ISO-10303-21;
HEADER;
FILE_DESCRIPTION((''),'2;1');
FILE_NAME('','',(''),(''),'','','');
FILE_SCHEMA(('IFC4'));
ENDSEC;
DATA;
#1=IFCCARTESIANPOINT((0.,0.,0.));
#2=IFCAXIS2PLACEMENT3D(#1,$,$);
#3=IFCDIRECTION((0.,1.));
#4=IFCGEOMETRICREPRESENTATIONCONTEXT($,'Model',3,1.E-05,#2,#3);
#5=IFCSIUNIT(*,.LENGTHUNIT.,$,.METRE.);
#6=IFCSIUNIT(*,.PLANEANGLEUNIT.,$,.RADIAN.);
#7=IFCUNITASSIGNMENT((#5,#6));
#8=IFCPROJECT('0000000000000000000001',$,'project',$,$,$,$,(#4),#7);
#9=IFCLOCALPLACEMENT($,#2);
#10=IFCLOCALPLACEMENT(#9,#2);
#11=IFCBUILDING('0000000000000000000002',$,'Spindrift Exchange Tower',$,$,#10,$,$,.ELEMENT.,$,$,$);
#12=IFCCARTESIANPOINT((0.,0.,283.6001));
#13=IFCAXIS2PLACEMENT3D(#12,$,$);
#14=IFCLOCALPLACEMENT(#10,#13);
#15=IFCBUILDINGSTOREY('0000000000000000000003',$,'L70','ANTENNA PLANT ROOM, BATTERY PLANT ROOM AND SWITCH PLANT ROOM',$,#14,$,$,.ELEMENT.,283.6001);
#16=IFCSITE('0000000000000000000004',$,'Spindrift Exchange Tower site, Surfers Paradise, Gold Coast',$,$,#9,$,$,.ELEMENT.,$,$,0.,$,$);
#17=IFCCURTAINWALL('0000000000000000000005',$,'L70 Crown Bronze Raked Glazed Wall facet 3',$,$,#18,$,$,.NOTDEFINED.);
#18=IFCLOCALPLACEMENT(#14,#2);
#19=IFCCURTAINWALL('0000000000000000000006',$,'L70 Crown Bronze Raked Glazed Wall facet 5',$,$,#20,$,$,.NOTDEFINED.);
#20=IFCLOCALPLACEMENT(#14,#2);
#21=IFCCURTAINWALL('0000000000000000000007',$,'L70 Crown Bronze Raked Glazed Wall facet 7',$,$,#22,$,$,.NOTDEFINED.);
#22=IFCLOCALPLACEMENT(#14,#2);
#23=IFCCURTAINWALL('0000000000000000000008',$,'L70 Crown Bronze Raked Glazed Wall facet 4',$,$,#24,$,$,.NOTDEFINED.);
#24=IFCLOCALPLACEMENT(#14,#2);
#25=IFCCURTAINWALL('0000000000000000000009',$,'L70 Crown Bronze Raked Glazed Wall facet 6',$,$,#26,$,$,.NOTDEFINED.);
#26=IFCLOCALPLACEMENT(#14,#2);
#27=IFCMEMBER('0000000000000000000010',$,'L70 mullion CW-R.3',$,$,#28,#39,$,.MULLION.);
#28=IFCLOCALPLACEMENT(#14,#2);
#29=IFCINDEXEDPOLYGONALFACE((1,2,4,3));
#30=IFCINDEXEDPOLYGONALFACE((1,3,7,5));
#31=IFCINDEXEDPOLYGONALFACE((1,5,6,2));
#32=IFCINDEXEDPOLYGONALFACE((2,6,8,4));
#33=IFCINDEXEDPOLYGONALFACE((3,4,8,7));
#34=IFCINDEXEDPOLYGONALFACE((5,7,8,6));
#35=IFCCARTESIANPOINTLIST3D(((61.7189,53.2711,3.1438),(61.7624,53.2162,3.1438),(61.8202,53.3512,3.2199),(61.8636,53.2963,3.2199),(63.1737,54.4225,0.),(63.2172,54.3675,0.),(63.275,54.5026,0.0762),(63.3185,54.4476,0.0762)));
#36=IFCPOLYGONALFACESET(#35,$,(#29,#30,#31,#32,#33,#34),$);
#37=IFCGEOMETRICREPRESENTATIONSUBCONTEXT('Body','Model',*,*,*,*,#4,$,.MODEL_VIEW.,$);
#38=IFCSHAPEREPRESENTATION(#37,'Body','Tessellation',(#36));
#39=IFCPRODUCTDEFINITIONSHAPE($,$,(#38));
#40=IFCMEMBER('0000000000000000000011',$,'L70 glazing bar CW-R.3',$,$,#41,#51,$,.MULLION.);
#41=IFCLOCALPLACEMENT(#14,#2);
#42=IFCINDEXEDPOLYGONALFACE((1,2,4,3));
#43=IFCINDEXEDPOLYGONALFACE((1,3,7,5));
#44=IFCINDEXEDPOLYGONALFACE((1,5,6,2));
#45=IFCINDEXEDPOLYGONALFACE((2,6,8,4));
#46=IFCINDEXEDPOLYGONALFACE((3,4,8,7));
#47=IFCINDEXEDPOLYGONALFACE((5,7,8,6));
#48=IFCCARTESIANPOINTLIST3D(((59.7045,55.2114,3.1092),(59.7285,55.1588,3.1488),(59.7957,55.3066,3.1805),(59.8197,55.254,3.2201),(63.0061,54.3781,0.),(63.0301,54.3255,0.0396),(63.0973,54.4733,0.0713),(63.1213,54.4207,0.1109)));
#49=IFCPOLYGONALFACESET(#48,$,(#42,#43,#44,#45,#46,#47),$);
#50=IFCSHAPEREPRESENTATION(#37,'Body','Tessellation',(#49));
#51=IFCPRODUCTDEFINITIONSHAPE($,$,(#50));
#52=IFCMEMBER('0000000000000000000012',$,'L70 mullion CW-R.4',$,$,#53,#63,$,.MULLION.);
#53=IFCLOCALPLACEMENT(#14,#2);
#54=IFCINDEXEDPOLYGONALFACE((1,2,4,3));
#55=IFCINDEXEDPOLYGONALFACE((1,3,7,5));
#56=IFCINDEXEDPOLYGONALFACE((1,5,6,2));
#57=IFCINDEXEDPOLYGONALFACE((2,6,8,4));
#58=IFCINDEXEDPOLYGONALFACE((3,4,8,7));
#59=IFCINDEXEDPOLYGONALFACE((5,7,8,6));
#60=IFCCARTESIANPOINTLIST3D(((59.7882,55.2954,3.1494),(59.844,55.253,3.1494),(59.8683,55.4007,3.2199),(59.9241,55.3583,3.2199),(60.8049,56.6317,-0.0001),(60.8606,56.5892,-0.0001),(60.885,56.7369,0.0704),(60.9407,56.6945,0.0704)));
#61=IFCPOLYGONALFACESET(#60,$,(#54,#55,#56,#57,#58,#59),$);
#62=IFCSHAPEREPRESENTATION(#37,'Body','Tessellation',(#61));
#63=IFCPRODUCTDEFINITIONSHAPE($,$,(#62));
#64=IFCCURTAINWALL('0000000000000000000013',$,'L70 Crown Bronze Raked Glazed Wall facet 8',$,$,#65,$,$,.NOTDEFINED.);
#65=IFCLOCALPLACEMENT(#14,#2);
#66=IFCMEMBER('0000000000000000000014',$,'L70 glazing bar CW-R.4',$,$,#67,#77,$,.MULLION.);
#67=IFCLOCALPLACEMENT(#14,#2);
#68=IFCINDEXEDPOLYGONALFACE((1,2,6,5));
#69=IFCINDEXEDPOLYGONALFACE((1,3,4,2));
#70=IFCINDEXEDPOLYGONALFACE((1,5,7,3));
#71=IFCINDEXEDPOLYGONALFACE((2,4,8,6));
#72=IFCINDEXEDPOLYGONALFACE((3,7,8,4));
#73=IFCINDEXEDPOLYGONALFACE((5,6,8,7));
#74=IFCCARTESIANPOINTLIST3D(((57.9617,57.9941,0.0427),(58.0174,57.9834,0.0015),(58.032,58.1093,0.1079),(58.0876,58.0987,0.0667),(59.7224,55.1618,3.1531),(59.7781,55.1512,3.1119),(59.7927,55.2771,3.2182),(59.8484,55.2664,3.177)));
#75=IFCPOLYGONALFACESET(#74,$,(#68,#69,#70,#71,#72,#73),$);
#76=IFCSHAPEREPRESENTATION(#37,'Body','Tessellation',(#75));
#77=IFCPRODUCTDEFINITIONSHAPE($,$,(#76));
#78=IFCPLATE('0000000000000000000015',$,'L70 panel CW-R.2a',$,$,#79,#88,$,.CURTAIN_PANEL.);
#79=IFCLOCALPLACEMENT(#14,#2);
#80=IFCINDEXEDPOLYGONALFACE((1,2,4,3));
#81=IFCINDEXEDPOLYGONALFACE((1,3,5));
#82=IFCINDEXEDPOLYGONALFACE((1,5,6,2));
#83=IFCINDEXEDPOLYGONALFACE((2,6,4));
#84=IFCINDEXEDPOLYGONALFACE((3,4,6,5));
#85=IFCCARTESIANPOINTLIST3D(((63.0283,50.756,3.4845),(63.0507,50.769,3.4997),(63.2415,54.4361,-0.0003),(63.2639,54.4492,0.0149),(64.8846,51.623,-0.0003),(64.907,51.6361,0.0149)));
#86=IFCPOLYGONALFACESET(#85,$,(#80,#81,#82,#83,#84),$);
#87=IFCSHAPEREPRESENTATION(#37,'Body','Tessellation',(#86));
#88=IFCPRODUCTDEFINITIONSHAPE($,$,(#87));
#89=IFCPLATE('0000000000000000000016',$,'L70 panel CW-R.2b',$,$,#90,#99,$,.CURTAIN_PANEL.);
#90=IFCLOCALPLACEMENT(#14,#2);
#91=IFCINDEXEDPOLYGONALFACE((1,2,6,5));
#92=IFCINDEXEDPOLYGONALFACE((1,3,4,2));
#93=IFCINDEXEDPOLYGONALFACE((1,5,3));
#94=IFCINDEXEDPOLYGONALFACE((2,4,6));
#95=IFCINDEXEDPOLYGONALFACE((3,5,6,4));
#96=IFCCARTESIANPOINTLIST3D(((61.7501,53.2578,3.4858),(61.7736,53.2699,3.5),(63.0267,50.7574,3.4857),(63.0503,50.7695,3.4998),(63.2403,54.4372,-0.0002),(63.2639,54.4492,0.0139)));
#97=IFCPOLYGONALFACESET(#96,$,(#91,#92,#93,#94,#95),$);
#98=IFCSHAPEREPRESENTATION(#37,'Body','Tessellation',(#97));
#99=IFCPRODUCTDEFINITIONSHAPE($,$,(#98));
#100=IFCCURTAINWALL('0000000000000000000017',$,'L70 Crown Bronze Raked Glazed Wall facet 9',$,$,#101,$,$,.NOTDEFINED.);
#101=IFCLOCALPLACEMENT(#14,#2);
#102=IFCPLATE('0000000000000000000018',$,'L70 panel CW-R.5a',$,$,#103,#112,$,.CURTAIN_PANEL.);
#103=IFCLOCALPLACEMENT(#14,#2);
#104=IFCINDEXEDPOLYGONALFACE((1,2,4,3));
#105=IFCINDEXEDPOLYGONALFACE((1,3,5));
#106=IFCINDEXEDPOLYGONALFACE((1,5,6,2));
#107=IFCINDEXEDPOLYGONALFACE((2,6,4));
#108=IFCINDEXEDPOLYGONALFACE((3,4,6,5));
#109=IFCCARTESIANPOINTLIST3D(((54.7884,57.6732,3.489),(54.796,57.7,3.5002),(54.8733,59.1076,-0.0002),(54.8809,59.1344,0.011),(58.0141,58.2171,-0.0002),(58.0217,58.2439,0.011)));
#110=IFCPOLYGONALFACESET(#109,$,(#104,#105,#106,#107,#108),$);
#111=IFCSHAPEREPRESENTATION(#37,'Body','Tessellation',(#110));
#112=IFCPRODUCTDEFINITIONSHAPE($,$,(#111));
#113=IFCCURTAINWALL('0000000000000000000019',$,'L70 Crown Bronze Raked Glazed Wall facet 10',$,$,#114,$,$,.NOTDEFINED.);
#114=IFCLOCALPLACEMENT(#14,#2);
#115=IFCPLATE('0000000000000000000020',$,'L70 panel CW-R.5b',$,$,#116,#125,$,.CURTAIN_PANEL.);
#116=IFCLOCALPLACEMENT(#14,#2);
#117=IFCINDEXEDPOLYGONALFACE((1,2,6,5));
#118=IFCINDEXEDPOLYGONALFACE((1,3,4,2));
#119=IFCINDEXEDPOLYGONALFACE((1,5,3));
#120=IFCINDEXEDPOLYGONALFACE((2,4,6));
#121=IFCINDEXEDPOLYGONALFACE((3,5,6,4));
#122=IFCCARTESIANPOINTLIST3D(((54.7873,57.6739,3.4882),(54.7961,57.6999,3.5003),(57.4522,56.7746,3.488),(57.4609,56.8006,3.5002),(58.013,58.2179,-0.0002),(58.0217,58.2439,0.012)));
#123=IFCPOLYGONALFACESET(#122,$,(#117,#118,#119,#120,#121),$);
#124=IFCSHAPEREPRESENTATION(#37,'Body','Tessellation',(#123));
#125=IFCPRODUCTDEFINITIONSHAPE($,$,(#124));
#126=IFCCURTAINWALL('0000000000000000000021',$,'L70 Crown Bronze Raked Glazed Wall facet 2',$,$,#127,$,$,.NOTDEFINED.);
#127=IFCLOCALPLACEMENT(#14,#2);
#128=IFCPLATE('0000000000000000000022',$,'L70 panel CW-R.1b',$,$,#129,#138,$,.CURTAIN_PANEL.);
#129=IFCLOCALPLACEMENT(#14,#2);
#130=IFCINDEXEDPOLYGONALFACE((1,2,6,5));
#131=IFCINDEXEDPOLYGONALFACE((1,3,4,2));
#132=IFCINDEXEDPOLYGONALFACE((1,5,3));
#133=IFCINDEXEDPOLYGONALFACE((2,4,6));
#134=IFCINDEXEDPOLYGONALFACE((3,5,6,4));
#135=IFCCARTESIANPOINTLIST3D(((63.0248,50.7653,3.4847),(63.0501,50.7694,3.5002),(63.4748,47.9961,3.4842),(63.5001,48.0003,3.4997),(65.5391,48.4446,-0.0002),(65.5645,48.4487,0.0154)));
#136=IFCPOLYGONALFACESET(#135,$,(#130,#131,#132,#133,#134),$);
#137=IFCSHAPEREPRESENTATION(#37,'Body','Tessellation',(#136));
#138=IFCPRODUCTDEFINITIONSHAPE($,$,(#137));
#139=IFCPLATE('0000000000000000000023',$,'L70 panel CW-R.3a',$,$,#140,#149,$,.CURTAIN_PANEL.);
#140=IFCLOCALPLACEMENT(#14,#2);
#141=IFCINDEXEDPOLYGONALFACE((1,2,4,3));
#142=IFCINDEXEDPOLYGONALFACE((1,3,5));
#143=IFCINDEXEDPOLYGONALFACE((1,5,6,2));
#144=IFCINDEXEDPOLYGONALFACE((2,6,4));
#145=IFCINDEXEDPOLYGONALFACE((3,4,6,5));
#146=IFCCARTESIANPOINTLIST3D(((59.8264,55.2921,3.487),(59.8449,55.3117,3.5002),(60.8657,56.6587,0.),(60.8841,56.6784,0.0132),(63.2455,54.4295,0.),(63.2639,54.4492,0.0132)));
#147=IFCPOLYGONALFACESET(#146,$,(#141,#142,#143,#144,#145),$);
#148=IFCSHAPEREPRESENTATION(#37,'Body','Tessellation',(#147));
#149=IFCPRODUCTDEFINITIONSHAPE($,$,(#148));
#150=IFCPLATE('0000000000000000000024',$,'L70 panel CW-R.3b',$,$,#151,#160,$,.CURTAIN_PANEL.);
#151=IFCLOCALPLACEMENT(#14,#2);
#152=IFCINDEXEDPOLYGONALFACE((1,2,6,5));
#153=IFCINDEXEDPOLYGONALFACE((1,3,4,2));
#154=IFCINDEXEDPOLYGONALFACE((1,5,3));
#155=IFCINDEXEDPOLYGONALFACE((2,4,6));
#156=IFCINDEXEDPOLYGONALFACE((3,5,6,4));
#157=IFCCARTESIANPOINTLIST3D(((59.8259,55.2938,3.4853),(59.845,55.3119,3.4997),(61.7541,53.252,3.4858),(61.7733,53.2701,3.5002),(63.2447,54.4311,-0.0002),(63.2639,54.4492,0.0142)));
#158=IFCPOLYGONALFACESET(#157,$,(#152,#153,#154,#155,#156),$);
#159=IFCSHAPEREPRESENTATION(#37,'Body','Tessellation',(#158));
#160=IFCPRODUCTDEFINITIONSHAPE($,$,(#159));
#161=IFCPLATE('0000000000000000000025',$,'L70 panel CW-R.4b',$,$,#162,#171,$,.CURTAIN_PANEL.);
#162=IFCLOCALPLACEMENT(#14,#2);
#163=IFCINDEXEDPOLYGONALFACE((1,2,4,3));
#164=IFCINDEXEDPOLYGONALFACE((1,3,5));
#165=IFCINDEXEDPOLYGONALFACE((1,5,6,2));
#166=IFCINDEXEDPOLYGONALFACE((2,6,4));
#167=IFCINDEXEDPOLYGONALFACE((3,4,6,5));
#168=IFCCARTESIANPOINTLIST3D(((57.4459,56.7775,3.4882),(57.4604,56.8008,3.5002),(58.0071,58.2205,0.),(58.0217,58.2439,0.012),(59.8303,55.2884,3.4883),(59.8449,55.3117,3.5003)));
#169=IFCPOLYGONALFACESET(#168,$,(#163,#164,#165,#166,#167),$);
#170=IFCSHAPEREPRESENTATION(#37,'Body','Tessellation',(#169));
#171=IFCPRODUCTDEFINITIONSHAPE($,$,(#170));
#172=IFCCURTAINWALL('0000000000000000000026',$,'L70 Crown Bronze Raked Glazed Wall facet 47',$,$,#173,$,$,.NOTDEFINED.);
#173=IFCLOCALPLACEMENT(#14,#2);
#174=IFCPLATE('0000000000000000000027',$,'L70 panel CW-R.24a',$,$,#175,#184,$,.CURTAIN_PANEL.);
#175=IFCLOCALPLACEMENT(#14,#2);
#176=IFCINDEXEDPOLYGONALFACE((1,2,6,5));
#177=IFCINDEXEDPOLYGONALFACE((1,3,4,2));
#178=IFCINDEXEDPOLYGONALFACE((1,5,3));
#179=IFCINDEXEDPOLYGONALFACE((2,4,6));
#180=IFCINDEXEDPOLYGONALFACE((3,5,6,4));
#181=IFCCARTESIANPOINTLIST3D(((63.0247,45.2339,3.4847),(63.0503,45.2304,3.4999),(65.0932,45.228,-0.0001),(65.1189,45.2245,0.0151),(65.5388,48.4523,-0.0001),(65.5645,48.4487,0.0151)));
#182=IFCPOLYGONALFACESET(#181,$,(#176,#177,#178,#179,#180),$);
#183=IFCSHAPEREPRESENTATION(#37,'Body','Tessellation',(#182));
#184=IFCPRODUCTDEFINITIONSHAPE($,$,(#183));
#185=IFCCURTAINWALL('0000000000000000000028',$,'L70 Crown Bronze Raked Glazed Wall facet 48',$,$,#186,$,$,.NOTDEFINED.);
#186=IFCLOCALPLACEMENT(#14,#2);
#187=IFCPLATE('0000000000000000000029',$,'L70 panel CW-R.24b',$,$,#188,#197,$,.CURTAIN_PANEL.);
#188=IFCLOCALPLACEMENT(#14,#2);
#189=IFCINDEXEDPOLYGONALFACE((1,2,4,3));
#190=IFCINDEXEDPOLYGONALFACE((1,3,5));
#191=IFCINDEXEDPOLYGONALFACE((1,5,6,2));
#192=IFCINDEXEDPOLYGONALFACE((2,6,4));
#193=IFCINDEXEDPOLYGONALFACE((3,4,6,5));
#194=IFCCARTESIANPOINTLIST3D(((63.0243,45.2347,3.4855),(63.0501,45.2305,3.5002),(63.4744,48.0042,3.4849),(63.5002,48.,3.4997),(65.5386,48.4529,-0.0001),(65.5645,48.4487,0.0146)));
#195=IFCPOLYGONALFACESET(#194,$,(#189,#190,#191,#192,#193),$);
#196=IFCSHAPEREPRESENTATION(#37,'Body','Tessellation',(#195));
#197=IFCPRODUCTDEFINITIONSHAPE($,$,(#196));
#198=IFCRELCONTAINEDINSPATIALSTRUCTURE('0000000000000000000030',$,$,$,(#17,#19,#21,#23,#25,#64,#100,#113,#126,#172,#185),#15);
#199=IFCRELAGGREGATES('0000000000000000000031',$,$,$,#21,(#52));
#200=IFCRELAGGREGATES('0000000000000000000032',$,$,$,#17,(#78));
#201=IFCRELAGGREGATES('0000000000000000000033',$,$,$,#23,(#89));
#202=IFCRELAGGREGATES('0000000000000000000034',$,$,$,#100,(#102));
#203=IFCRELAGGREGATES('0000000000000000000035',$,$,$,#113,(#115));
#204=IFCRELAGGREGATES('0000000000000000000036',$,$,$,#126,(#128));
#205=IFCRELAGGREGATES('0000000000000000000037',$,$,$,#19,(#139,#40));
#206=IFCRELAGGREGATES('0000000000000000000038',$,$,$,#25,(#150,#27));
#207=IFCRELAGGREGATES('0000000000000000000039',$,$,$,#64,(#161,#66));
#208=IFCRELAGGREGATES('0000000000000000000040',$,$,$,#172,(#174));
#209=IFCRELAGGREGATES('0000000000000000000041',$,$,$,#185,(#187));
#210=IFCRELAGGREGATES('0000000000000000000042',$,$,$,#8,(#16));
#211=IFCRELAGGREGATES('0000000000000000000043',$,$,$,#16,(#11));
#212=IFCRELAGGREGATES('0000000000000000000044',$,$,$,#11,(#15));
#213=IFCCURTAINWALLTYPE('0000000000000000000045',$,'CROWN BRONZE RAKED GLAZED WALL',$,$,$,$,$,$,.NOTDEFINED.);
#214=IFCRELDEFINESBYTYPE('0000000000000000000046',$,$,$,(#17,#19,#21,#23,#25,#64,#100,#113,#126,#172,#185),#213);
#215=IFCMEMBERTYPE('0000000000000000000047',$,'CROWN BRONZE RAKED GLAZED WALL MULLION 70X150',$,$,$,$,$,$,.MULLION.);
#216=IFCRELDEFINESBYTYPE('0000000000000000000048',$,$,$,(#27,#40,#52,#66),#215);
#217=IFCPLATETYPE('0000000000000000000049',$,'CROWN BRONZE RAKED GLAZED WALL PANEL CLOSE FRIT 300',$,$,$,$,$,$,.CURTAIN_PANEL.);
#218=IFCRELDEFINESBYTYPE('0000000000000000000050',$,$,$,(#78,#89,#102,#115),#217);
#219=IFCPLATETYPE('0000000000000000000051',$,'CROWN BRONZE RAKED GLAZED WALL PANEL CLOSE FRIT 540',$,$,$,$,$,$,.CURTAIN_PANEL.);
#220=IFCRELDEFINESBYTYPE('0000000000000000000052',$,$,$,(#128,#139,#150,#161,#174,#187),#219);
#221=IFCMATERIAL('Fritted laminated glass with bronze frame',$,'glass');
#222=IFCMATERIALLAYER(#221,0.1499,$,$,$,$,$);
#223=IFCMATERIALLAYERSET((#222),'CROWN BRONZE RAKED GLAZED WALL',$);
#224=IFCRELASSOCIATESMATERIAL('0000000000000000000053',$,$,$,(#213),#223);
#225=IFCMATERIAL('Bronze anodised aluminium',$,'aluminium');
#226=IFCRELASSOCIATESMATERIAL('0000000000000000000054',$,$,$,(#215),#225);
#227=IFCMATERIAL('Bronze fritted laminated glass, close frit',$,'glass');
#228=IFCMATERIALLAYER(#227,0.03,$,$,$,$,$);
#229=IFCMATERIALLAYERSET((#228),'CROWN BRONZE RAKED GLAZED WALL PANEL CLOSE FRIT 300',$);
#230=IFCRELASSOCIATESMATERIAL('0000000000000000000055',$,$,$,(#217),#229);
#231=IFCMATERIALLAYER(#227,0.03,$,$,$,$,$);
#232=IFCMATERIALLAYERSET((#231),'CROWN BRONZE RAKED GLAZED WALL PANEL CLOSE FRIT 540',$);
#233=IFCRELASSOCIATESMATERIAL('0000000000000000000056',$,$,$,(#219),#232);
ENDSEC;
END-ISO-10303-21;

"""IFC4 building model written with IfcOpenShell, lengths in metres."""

from ifc_helpers import new_model, si_unit, direction, frame, origin, origin_2d, place, context, subcontext, project, spatial, line, indexed_curve, rectangle, outline, extrude, source, transform, mapped, material, layer, layer_set, material_profile, profile_set, type_object, element, aggregate, save


model = new_model("IFC4")

# Units and contexts
model_context = context("Model", 3, precision=1e-05, world=origin(), true_north=direction((0.0, 1.0)))
body_context = subcontext(model_context, "Body", "Model", "MODEL_VIEW")
ifc_project = project(units=[si_unit("LENGTHUNIT", "METRE"), si_unit("PLANEANGLEUNIT", "RADIAN")], contexts=[model_context])

# Site, building, storey
site_placement = place(None, origin())
site = spatial("IfcSite", under=ifc_project, at=site_placement, Name="Spindrift Exchange Tower site, Surfers Paradise, Gold Coast", CompositionType="ELEMENT", RefElevation=0.0)
building_placement = place(site_placement, origin())
building = spatial("IfcBuilding", under=site, at=building_placement, Name="Spindrift Exchange Tower", CompositionType="ELEMENT")
storey_placement = place(building_placement, frame((0.0, 0.0, 283.6001)))
storey = spatial("IfcBuildingStorey", under=building, at=storey_placement, Name="L70", Description="ANTENNA PLANT ROOM, BATTERY PLANT ROOM AND SWITCH PLANT ROOM", CompositionType="ELEMENT", Elevation=283.6001)

# Curtain walls
ifc_material_1 = material(Name="Fritted laminated glass with bronze frame", Category="glass")
ifc_layer_1 = layer(ifc_material_1, 0.1499)
ifc_layer_set_1 = layer_set([ifc_layer_1], Name="CROWN BRONZE RAKED GLAZED WALL")
curtain_wall_type = type_object("IfcCurtainWallType", Name="CROWN BRONZE RAKED GLAZED WALL", PredefinedType="NOTDEFINED", material=ifc_layer_set_1)
ifc_material_2 = material(Name="Bronze anodised aluminium", Category="aluminium")
curtain_wall_1_placement = place(storey_placement, origin())
curtain_wall_1 = element("IfcCurtainWall", 1, at=curtain_wall_1_placement, inside=storey, type_object=curtain_wall_type, Name="L70 Crown Bronze Raked Glazed Wall facet 3", PredefinedType="NOTDEFINED")
curtain_wall_2_placement = place(storey_placement, origin())
curtain_wall_2 = element("IfcCurtainWall", 2, at=curtain_wall_2_placement, inside=storey, type_object=curtain_wall_type, Name="L70 Crown Bronze Raked Glazed Wall facet 5", PredefinedType="NOTDEFINED")
curtain_wall_3_placement = place(storey_placement, origin())
curtain_wall_3 = element("IfcCurtainWall", 3, at=curtain_wall_3_placement, inside=storey, type_object=curtain_wall_type, Name="L70 Crown Bronze Raked Glazed Wall facet 7", PredefinedType="NOTDEFINED")

# Shared definitions
ifc_material_profile_1 = material_profile(ifc_material_2, rectangle(XDim=0.0701, YDim=0.1499, at=origin_2d()), Name="CROWN BRONZE RAKED GLAZED WALL MULLION 70X150")
ifc_profile_set_1 = profile_set([ifc_material_profile_1], Name="Bronze anodised aluminium")
member_type_1 = type_object("IfcMemberType", Name="CROWN BRONZE RAKED GLAZED WALL MULLION 70X150", PredefinedType="MULLION", material=ifc_profile_set_1)

# Curtain wall
curtain_wall_4_placement = place(storey_placement, origin())
curtain_wall_4 = element("IfcCurtainWall", 4, at=curtain_wall_4_placement, inside=storey, type_object=curtain_wall_type, Name="L70 Crown Bronze Raked Glazed Wall facet 4", PredefinedType="NOTDEFINED")

# Curtain wall, member
curtain_wall_5_placement = place(storey_placement, origin())
curtain_wall_5 = element("IfcCurtainWall", 5, at=curtain_wall_5_placement, inside=storey, type_object=curtain_wall_type, Name="L70 Crown Bronze Raked Glazed Wall facet 6", PredefinedType="NOTDEFINED")
shared_shape_1 = source(origin(), body_context, "Body", "SweptSolid", [
    extrude(rectangle(XDim=0.0701, YDim=0.1499, at=origin_2d()), origin(), (0.0, 0.0, 1.0), 3.6504),
])
member_1_placement = place(storey_placement, frame((63.2461, 54.4351, 0.0381), z_axis=(-0.398537, -0.315406, 0.861213), x_axis=(0.620578, -0.784145, 0.0)))
member_1 = element("IfcMember", 6, at=member_1_placement, type_object=member_type_1, Name="L70 mullion CW-R.3", PredefinedType="MULLION", context=body_context, shape_type="MappedRepresentation", body=[
    mapped(shared_shape_1, transform((0.0, 0.0, 0.0), scale=1.0)),
])

# Members
shared_shape_2 = source(origin(), body_context, "Body", "SweptSolid", [
    extrude(rectangle(XDim=0.0701, YDim=0.1499, at=origin_2d()), origin(), (0.0, 0.0, 1.0), 4.6111),
])
member_2_placement = place(storey_placement, frame((63.0637, 54.3994, 0.0554), z_axis=(-0.716014, 0.180711, 0.674291), x_axis=(0.342463, -0.750768, 0.56486)))
member_2 = element("IfcMember", 7, at=member_2_placement, type_object=member_type_1, Name="L70 glazing bar CW-R.3", PredefinedType="MULLION", context=body_context, shape_type="MappedRepresentation", body=[
    mapped(shared_shape_2, transform((0.0, 0.0, 0.0), scale=1.0)),
])
shared_shape_3 = source(origin(), body_context, "Body", "SweptSolid", [
    extrude(rectangle(XDim=0.0701, YDim=0.1499, at=origin_2d()), origin(), (0.0, 0.0, 1.0), 3.5691),
])
member_3_placement = place(storey_placement, frame((60.8728, 56.6631, 0.0352), z_axis=(-0.284843, -0.374387, 0.882439), x_axis=(0.795845, -0.6055, 0.0)))
member_3 = element("IfcMember", 8, at=member_3_placement, type_object=member_type_1, Name="L70 mullion CW-R.4", PredefinedType="MULLION", context=body_context, shape_type="MappedRepresentation", body=[
    mapped(shared_shape_3, transform((0.0, 0.0, 0.0), scale=1.0)),
])
aggregate(curtain_wall_3, [member_3])

# Curtain wall, member
curtain_wall_6_placement = place(storey_placement, origin())
curtain_wall_6 = element("IfcCurtainWall", 9, at=curtain_wall_6_placement, inside=storey, type_object=curtain_wall_type, Name="L70 Crown Bronze Raked Glazed Wall facet 8", PredefinedType="NOTDEFINED")
shared_shape_4 = source(origin(), body_context, "Body", "SweptSolid", [
    extrude(rectangle(XDim=0.0701, YDim=0.1499, at=origin_2d()), origin(), (0.0, 0.0, 1.0), 4.5603),
])
member_4_placement = place(storey_placement, frame((58.0247, 58.0464, 0.0547), z_axis=(0.386103, -0.621073, 0.682051), x_axis=(0.794455, -0.151872, -0.588028)))
member_4 = element("IfcMember", 10, at=member_4_placement, type_object=member_type_1, Name="L70 glazing bar CW-R.4", PredefinedType="MULLION", context=body_context, shape_type="MappedRepresentation", body=[
    mapped(shared_shape_4, transform((0.0, 0.0, 0.0), scale=1.0)),
])

# Plates
ifc_material_3 = material(Name="Bronze fritted laminated glass, close frit", Category="glass")
ifc_layer_2 = layer(ifc_material_3, 0.03)
ifc_layer_set_2 = layer_set([ifc_layer_2], Name="CROWN BRONZE RAKED GLAZED WALL PANEL CLOSE FRIT 300")
plate_type_1 = type_object("IfcPlateType", Name="CROWN BRONZE RAKED GLAZED WALL PANEL CLOSE FRIT 300", PredefinedType="CURTAIN_PANEL", material=ifc_layer_set_2)
plate_1_placement = place(storey_placement, frame((63.2639, 54.4492, 0.0149), z_axis=(0.745185, 0.435235, 0.505243), x_axis=(0.504342, -0.863504, 0.0)))
plate_1 = element("IfcPlate", 11, at=plate_1_placement, type_object=plate_type_1, Name="L70 panel CW-R.2a", PredefinedType="CURTAIN_PANEL", context=body_context, shape_type="SweptSolid", body=[
    extrude(outline(indexed_curve([(0.0, 0.0), (3.2578, 0.0), (3.0703, -4.0381)], segments=[line(1, 2, 3, 1)], self_intersect=False)), origin(), (0.0, 0.0, -1.0), 0.03),
])
aggregate(curtain_wall_1, [plate_1])
plate_2_placement = place(storey_placement, frame((63.2639, 54.4492, 0.0139), z_axis=(0.785453, 0.401009, 0.471439), x_axis=(-0.042106, -0.725325, 0.687117)))
plate_2 = element("IfcPlate", 12, at=plate_2_placement, type_object=plate_type_1, Name="L70 panel CW-R.2b", PredefinedType="CURTAIN_PANEL", context=body_context, shape_type="SweptSolid", body=[
    extrude(outline(indexed_curve([(0.0, 0.0), (5.0732, 0.0), (3.3135, -2.1875)], segments=[line(1, 2, 3, 1)], self_intersect=False)), origin(), (0.0, 0.0, -1.0), 0.03),
])
aggregate(curtain_wall_4, [plate_2])

# Curtain walls, plates
curtain_wall_7_placement = place(storey_placement, origin())
curtain_wall_7 = element("IfcCurtainWall", 13, at=curtain_wall_7_placement, inside=storey, type_object=curtain_wall_type, Name="L70 Crown Bronze Raked Glazed Wall facet 9", PredefinedType="NOTDEFINED")
plate_3_placement = place(storey_placement, frame((58.0217, 58.2439, 0.011), z_axis=(0.253077, 0.892604, 0.37311), x_axis=(-0.962078, 0.272775, 0.0)))
plate_3 = element("IfcPlate", 14, at=plate_3_placement, type_object=plate_type_1, Name="L70 panel CW-R.5a", PredefinedType="CURTAIN_PANEL", context=body_context, shape_type="SweptSolid", body=[
    extrude(outline(indexed_curve([(0.0, 0.0), (3.2646, 0.0), (2.9551, 3.7607)], segments=[line(1, 2, 3, 1)], self_intersect=False)), origin(), (0.0, 0.0, -1.0), 0.03),
])
aggregate(curtain_wall_7, [plate_3])
curtain_wall_8_placement = place(storey_placement, origin())
curtain_wall_8 = element("IfcCurtainWall", 15, at=curtain_wall_8_placement, inside=storey, type_object=curtain_wall_type, Name="L70 Crown Bronze Raked Glazed Wall facet 10", PredefinedType="NOTDEFINED")
plate_4_placement = place(storey_placement, frame((58.0217, 58.2439, 0.012), z_axis=(0.292316, 0.866154, 0.405374), x_axis=(-0.674511, -0.113755, 0.729448)))
plate_4 = element("IfcPlate", 16, at=plate_4_placement, type_object=plate_type_1, Name="L70 panel CW-R.5b", PredefinedType="CURTAIN_PANEL", context=body_context, shape_type="SweptSolid", body=[
    extrude(outline(indexed_curve([(0.0, 0.0), (4.7822, 0.0), (3.0869, 2.2441)], segments=[line(1, 2, 3, 1)], self_intersect=False)), origin(), (0.0, 0.0, -1.0), 0.03),
])
aggregate(curtain_wall_8, [plate_4])
curtain_wall_9_placement = place(storey_placement, origin())
curtain_wall_9 = element("IfcCurtainWall", 17, at=curtain_wall_9_placement, inside=storey, type_object=curtain_wall_type, Name="L70 Crown Bronze Raked Glazed Wall facet 2", PredefinedType="NOTDEFINED")
ifc_layer_3 = layer(ifc_material_3, 0.03)
ifc_layer_set_3 = layer_set([ifc_layer_3], Name="CROWN BRONZE RAKED GLAZED WALL PANEL CLOSE FRIT 540")
plate_type_2 = type_object("IfcPlateType", Name="CROWN BRONZE RAKED GLAZED WALL PANEL CLOSE FRIT 540", PredefinedType="CURTAIN_PANEL", material=ifc_layer_set_3)
plate_5_placement = place(storey_placement, frame((65.5645, 48.4487, 0.0154), z_axis=(0.844377, 0.137119, 0.517906), x_axis=(-0.514828, 0.475183, 0.71355)))
plate_5 = element("IfcPlate", 18, at=plate_5_placement, type_object=plate_type_2, Name="L70 panel CW-R.1b", PredefinedType="CURTAIN_PANEL", context=body_context, shape_type="SweptSolid", body=[
    extrude(outline(indexed_curve([(0.0, 0.0), (4.8838, 0.0), (3.3359, 2.3398)], segments=[line(1, 2, 3, 1)], self_intersect=False)), origin(), (0.0, 0.0, -1.0), 0.03),
])
aggregate(curtain_wall_9, [plate_5])

# Plates
plate_6_placement = place(storey_placement, frame((63.2639, 54.4492, 0.0132), z_axis=(0.613947, 0.655437, 0.439855), x_axis=(-0.729829, 0.68363, 0.0)))
plate_6 = element("IfcPlate", 19, at=plate_6_placement, type_object=plate_type_2, Name="L70 panel CW-R.3a", PredefinedType="CURTAIN_PANEL", context=body_context, shape_type="SweptSolid", body=[
    extrude(outline(indexed_curve([(0.0, 0.0), (3.2607, 0.0), (3.085, 3.8828)], segments=[line(1, 2, 3, 1)], self_intersect=False)), origin(), (0.0, 0.0, -1.0), 0.03),
])
aggregate(curtain_wall_2, [plate_6, member_2])
plate_7_placement = place(storey_placement, frame((63.2639, 54.4492, 0.0142), z_axis=(0.638839, 0.603403, 0.477274), x_axis=(-0.689567, 0.174004, 0.703008)))
plate_7 = element("IfcPlate", 20, at=plate_7_placement, type_object=plate_type_2, Name="L70 panel CW-R.3b", PredefinedType="CURTAIN_PANEL", context=body_context, shape_type="SweptSolid", body=[
    extrude(outline(indexed_curve([(0.0, 0.0), (4.958, 0.0), (3.2734, 2.2471)], segments=[line(1, 2, 3, 1)], self_intersect=False)), origin(), (0.0, 0.0, -1.0), 0.03),
])
aggregate(curtain_wall_5, [plate_7, member_1])
plate_8_placement = place(storey_placement, frame((58.0217, 58.2439, 0.012), z_axis=(0.485514, 0.777475, 0.39976), x_axis=(0.371456, -0.597403, 0.710725)))
plate_8 = element("IfcPlate", 21, at=plate_8_placement, type_object=plate_type_2, Name="L70 panel CW-R.4b", PredefinedType="CURTAIN_PANEL", context=body_context, shape_type="SweptSolid", body=[
    extrude(outline(indexed_curve([(0.0, 0.0), (4.9082, 0.0), (3.1328, -2.1797)], segments=[line(1, 2, 3, 1)], self_intersect=False)), origin(), (0.0, 0.0, -1.0), 0.03),
])
aggregate(curtain_wall_6, [plate_8, member_4])

# Curtain walls, plates
curtain_wall_10_placement = place(storey_placement, origin())
curtain_wall_10 = element("IfcCurtainWall", 22, at=curtain_wall_10_placement, inside=storey, type_object=curtain_wall_type, Name="L70 Crown Bronze Raked Glazed Wall facet 47", PredefinedType="NOTDEFINED")
plate_9_placement = place(storey_placement, frame((65.5645, 48.4487, 0.0151), z_axis=(0.853815, -0.117993, 0.507028), x_axis=(-0.136894, -0.990586, 0.0)))
plate_9 = element("IfcPlate", 23, at=plate_9_placement, type_object=plate_type_2, Name="L70 panel CW-R.24a", PredefinedType="CURTAIN_PANEL", context=body_context, shape_type="SweptSolid", body=[
    extrude(outline(indexed_curve([(0.0, 0.0), (3.2549, 0.0), (3.5322, -4.043)], segments=[line(1, 2, 3, 1)], self_intersect=False)), origin(), (0.0, 0.0, -1.0), 0.03),
])
aggregate(curtain_wall_10, [plate_9])
curtain_wall_11_placement = place(storey_placement, origin())
curtain_wall_11 = element("IfcCurtainWall", 24, at=curtain_wall_11_placement, inside=storey, type_object=curtain_wall_type, Name="L70 Crown Bronze Raked Glazed Wall facet 48", PredefinedType="NOTDEFINED")
plate_10_placement = place(storey_placement, frame((65.5645, 48.4487, 0.0146), z_axis=(0.859744, -0.139615, 0.491271), x_axis=(-0.468288, -0.599389, 0.649183)))
plate_10 = element("IfcPlate", 25, at=plate_10_placement, type_object=plate_type_2, Name="L70 panel CW-R.24b", PredefinedType="CURTAIN_PANEL", context=body_context, shape_type="SweptSolid", body=[
    extrude(outline(indexed_curve([(0.0, 0.0), (5.3691, 0.0), (3.498, -2.0908)], segments=[line(1, 2, 3, 1)], self_intersect=False)), origin(), (0.0, 0.0, -1.0), 0.03),
])
aggregate(curtain_wall_11, [plate_10])

save(model, "model.ifc")
